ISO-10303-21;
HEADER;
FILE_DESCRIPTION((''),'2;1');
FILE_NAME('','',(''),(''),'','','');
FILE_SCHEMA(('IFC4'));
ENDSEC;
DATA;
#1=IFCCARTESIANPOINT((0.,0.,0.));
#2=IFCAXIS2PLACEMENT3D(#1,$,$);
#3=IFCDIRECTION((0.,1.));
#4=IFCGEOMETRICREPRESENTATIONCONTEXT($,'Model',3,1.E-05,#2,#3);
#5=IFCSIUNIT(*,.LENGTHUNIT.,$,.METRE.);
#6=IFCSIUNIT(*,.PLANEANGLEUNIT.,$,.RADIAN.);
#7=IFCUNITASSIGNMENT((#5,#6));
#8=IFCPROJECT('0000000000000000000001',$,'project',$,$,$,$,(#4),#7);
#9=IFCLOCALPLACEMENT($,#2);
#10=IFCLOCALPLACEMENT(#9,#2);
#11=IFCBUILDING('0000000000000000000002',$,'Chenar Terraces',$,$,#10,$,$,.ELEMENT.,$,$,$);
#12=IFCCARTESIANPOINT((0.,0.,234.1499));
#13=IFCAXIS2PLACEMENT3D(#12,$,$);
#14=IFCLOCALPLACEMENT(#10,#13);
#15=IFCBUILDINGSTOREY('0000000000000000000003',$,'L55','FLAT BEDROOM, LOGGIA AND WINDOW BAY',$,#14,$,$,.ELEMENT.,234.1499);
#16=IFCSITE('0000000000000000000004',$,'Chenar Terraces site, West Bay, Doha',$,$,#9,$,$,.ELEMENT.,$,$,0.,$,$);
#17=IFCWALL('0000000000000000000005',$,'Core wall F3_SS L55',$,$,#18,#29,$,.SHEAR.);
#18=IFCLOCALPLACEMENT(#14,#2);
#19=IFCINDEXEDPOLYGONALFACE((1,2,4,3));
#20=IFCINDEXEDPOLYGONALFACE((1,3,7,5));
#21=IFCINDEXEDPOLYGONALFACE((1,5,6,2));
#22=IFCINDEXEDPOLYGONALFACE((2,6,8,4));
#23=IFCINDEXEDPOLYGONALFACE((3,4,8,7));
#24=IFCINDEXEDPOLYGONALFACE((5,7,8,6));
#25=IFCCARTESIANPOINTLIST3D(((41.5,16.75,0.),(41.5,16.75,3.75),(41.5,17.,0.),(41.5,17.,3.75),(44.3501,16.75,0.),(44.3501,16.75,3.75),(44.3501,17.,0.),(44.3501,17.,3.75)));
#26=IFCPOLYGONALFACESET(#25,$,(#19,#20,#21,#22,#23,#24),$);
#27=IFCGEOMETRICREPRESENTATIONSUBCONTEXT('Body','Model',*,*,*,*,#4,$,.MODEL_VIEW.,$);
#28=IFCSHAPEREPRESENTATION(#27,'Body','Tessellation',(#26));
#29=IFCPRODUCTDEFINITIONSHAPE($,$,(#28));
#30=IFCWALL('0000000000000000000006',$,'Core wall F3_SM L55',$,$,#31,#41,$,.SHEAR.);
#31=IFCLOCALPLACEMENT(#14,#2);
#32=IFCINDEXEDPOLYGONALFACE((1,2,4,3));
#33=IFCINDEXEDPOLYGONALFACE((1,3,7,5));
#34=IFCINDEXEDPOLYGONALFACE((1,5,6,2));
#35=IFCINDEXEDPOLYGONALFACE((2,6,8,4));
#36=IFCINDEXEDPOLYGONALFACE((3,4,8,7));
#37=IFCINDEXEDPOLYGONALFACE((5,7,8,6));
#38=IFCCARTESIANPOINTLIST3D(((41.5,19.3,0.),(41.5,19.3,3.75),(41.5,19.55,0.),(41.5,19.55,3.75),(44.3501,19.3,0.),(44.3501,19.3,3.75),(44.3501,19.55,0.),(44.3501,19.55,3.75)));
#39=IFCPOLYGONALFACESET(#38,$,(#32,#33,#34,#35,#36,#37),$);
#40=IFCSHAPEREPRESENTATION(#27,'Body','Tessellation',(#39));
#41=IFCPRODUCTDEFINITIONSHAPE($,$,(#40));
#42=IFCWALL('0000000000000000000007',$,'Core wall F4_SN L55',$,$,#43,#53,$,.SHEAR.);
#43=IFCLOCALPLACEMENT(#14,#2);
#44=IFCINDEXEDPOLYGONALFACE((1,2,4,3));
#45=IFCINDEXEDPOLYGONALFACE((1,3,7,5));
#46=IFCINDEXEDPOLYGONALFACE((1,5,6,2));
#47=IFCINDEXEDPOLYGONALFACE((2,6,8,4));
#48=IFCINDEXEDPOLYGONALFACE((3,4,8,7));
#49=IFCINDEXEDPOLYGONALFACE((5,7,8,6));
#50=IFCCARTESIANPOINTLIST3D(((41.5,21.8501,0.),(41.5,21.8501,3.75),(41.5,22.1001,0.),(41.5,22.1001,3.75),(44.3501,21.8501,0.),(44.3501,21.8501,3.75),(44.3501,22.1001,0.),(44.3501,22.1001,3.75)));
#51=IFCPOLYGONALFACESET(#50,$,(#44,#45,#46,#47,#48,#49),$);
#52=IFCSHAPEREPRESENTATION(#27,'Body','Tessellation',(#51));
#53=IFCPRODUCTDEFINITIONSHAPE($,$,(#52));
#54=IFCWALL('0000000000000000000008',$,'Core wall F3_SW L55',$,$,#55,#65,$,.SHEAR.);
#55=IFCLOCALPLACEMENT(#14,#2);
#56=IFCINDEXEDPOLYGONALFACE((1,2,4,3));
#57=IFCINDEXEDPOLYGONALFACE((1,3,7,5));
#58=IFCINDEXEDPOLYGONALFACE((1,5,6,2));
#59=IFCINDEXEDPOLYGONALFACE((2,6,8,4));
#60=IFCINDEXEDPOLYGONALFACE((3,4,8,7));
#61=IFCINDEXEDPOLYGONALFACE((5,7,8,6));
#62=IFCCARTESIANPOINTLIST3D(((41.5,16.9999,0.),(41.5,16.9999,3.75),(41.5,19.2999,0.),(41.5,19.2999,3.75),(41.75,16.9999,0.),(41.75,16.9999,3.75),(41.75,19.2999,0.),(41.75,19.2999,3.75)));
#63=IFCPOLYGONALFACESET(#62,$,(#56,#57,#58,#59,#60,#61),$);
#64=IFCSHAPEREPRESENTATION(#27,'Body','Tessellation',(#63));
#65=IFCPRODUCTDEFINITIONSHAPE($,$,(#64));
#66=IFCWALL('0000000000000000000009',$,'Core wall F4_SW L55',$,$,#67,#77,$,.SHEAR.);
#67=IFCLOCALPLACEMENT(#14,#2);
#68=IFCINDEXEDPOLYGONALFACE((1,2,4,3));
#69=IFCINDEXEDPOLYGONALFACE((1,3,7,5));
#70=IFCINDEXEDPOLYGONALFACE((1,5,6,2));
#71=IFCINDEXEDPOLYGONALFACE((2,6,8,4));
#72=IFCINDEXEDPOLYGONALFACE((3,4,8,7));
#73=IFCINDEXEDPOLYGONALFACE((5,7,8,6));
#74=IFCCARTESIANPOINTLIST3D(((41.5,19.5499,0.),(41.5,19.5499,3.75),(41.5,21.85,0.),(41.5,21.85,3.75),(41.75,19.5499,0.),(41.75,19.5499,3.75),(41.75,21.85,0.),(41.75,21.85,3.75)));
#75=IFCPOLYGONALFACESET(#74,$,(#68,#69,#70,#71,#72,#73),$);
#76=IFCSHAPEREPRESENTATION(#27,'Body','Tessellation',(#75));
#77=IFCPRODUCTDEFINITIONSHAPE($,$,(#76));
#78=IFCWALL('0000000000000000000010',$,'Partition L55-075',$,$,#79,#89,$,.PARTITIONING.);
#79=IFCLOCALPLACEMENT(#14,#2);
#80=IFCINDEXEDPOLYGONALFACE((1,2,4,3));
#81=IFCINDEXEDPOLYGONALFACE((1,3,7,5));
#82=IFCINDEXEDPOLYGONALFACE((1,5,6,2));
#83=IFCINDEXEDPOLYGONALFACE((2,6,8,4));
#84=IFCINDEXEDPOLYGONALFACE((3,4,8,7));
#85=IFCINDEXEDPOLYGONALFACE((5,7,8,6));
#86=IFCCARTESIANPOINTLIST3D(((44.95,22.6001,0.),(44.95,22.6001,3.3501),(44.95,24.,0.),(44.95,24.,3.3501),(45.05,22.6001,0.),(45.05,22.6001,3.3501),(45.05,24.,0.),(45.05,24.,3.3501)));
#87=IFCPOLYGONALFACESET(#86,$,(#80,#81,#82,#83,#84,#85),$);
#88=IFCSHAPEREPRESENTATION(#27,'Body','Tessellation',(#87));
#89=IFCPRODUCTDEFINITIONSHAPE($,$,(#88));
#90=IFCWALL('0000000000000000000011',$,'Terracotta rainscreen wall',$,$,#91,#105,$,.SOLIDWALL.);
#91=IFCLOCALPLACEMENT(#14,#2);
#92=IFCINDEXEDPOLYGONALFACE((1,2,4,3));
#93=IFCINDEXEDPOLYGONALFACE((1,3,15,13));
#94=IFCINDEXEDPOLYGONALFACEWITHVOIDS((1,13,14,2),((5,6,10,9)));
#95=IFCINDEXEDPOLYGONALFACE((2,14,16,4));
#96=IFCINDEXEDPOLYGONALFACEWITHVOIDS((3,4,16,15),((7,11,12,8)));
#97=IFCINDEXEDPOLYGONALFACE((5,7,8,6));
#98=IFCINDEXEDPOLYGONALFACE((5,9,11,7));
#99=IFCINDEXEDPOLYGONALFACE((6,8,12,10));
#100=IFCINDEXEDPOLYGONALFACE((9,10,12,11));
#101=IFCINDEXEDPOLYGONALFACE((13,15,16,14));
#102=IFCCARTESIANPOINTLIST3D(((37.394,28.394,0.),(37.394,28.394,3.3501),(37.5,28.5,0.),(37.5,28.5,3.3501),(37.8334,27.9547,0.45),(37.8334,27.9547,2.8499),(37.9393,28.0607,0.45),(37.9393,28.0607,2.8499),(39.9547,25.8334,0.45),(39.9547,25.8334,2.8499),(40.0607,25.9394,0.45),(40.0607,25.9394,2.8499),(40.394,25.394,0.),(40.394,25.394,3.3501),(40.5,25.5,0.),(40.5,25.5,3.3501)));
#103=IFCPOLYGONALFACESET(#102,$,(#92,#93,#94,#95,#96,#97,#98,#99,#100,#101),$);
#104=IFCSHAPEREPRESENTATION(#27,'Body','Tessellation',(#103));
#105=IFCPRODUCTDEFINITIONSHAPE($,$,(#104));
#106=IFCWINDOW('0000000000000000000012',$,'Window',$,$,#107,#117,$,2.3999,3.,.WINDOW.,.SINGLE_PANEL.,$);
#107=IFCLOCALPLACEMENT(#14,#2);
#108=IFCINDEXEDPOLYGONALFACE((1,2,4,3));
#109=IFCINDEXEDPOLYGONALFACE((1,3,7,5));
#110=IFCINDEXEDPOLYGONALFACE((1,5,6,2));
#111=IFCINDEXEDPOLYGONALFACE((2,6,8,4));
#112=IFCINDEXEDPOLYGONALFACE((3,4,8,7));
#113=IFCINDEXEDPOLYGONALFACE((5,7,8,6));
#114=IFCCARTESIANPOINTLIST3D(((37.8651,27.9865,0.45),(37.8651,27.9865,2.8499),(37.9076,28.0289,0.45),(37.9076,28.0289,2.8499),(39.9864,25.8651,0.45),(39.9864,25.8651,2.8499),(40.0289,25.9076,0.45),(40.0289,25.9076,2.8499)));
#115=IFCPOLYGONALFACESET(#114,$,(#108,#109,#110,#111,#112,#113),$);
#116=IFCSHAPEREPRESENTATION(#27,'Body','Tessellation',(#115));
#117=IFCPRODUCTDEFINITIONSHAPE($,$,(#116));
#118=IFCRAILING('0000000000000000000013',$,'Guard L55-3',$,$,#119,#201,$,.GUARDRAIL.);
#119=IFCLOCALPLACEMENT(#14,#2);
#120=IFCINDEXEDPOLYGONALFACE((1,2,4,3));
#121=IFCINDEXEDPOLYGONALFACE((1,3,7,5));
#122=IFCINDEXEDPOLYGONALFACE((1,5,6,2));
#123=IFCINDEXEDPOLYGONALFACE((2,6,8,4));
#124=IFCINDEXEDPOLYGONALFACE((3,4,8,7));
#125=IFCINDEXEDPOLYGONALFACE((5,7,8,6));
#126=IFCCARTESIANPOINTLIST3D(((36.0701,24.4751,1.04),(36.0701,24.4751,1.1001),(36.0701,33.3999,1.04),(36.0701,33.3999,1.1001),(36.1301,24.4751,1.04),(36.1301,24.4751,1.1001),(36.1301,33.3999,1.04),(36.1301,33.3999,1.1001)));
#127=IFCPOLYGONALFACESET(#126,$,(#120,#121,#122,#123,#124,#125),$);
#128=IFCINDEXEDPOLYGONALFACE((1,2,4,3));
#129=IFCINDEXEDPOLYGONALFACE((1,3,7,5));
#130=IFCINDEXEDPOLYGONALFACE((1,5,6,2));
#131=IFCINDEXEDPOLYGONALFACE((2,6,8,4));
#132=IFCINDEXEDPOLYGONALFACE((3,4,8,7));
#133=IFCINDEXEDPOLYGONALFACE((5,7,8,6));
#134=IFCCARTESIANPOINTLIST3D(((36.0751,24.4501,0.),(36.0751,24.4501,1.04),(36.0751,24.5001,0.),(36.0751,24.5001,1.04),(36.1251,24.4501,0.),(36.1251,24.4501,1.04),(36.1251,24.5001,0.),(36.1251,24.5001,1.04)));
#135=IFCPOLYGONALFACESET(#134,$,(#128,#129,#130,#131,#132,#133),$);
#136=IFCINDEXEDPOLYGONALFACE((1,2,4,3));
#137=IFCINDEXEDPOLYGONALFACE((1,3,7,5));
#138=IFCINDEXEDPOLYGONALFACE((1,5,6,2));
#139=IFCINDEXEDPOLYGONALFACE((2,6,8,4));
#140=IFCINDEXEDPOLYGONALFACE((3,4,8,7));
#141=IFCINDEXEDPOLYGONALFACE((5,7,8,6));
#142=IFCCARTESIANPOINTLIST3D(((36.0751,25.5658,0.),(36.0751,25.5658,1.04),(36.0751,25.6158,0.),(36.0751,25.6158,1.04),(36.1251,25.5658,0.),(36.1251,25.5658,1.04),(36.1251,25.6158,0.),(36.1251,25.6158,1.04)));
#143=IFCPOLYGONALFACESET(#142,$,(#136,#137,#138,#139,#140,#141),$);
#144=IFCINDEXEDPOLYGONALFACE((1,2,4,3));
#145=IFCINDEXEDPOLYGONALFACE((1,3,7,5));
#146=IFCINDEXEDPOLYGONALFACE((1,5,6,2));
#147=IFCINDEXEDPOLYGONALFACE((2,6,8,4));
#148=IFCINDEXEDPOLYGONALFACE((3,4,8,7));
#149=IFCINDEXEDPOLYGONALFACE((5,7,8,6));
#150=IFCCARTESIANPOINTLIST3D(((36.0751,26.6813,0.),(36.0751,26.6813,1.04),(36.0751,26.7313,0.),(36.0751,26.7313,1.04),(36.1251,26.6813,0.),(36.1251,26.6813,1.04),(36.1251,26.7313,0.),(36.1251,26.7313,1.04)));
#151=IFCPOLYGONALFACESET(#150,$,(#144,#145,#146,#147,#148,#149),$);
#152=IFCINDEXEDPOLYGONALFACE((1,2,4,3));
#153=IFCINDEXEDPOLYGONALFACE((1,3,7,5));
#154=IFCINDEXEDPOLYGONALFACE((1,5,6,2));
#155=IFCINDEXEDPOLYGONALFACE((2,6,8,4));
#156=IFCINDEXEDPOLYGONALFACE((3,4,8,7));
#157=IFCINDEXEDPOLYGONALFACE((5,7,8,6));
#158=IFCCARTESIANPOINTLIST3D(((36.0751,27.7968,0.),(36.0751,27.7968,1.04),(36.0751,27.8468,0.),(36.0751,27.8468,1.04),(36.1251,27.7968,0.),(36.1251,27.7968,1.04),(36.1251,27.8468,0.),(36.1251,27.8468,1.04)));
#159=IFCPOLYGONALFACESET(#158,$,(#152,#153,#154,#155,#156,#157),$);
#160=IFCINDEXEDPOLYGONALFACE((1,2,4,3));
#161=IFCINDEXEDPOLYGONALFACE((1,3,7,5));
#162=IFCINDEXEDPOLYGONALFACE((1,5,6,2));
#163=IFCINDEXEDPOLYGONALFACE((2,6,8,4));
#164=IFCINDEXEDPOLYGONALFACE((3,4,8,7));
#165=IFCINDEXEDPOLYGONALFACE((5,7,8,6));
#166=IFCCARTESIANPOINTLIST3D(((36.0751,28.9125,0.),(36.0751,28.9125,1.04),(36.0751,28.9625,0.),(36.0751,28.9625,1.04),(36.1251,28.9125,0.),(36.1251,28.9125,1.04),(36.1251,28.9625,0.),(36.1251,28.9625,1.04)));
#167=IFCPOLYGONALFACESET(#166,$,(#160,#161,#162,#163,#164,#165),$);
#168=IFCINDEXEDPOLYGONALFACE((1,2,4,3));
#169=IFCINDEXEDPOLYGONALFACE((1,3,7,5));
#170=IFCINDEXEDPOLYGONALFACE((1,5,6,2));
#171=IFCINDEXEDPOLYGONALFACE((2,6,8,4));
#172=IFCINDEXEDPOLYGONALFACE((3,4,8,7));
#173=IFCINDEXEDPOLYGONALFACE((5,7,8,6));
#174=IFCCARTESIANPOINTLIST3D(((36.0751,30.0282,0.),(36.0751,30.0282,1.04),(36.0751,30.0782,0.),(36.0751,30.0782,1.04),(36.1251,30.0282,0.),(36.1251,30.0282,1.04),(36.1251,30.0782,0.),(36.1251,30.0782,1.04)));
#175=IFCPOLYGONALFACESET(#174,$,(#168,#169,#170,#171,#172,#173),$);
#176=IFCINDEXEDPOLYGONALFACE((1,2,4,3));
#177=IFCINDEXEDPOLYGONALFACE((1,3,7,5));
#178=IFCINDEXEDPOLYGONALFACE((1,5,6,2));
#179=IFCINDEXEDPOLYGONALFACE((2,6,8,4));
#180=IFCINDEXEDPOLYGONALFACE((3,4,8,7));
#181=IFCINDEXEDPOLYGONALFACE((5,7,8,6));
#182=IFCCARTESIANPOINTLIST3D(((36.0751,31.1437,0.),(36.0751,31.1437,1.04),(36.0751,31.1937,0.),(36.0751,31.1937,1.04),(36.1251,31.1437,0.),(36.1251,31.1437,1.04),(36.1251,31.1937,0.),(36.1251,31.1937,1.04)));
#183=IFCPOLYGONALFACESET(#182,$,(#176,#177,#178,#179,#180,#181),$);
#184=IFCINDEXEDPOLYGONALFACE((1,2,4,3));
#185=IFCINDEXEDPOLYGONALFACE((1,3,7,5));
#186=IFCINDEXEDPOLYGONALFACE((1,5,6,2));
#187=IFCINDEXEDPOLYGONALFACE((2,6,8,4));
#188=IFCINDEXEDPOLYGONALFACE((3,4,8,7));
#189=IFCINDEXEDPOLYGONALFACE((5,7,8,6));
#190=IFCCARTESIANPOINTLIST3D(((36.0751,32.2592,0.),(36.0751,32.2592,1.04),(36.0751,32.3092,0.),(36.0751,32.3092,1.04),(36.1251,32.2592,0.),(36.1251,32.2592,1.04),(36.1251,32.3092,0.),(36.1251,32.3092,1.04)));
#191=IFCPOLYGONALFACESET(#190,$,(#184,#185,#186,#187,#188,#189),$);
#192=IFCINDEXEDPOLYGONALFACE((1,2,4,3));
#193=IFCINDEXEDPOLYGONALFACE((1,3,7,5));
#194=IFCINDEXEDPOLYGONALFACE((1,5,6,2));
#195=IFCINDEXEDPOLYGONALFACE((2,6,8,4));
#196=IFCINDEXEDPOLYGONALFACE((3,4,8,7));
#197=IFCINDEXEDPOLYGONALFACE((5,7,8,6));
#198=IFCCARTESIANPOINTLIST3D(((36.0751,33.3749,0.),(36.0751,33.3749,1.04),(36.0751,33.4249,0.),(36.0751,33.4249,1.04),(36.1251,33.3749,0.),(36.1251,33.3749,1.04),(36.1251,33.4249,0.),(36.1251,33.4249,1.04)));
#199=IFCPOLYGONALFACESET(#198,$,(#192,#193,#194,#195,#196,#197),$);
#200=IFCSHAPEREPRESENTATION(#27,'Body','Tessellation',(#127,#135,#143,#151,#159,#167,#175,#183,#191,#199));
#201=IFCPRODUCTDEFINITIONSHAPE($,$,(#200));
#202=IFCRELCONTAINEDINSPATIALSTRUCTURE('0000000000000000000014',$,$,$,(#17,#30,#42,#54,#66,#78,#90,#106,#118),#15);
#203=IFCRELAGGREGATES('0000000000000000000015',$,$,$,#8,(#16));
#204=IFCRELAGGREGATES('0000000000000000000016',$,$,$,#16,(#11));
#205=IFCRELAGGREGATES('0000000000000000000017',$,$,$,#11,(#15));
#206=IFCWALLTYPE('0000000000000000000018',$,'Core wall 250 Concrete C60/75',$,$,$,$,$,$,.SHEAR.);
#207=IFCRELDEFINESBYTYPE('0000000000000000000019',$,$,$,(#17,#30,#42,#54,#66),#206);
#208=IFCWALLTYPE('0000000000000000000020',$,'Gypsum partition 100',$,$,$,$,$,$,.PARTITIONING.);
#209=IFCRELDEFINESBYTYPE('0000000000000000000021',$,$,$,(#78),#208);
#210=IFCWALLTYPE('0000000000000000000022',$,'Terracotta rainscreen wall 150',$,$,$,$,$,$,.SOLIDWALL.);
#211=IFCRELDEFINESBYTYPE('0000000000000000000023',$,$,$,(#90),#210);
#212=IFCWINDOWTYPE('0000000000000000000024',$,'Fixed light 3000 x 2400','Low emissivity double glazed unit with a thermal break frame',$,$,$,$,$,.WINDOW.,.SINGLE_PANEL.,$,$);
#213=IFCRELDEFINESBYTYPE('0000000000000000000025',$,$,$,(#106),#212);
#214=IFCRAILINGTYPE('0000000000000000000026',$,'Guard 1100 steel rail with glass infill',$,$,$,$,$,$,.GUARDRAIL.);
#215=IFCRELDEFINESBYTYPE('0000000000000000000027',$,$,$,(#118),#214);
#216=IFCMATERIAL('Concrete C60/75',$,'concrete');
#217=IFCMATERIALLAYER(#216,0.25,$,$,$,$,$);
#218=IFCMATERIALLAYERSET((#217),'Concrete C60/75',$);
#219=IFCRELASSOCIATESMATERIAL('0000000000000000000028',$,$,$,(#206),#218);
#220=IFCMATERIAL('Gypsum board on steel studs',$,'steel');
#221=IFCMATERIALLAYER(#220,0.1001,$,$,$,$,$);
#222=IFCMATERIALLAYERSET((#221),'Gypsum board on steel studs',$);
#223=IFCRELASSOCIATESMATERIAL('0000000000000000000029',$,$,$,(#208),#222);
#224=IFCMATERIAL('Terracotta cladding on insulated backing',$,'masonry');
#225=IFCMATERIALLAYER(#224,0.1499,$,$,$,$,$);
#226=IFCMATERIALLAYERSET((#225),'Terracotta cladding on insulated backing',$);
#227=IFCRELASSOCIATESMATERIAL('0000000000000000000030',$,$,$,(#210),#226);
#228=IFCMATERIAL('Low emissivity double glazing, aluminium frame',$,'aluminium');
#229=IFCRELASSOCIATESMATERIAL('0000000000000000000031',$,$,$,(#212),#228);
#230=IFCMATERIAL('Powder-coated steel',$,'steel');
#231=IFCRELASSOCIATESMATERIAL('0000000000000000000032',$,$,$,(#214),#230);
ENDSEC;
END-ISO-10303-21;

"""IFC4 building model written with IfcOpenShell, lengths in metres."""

from ifc_helpers import new_model, si_unit, direction, frame, frame_2d, origin, origin_2d, place, context, subcontext, project, spatial, rectangle, extrude, material, layer, layer_set, type_object, element, fill, save


model = new_model("IFC4")

# Units and contexts
model_context = context("Model", 3, precision=1e-05, world=origin(), true_north=direction((0.0, 1.0)))
body_context = subcontext(model_context, "Body", "Model", "MODEL_VIEW")
ifc_project = project(units=[si_unit("LENGTHUNIT", "METRE"), si_unit("PLANEANGLEUNIT", "RADIAN")], contexts=[model_context])

# Site, building, storey
site_placement = place(None, origin())
site = spatial("IfcSite", under=ifc_project, at=site_placement, Name="Chenar Terraces site, West Bay, Doha", CompositionType="ELEMENT", RefElevation=0.0)
building_placement = place(site_placement, origin())
building = spatial("IfcBuilding", under=site, at=building_placement, Name="Chenar Terraces", CompositionType="ELEMENT")
storey_placement = place(building_placement, frame((0.0, 0.0, 234.1499)))
storey = spatial("IfcBuildingStorey", under=building, at=storey_placement, Name="L55", Description="FLAT BEDROOM, LOGGIA AND WINDOW BAY", CompositionType="ELEMENT", Elevation=234.1499)

# Shared definitions
ifc_material_1 = material(Name="Concrete C60/75", Category="concrete")
ifc_layer_1 = layer(ifc_material_1, 0.25)
ifc_layer_set_1 = layer_set([ifc_layer_1], Name="Concrete C60/75")
wall_type_1 = type_object("IfcWallType", Name="Core wall 250 Concrete C60/75", PredefinedType="SHEAR", material=ifc_layer_set_1)

# Walls
for number, where, z_axis, x_axis, name in (
    (1, (41.5, 16.875, 0.0), (0.0, 0.0, 1.0), (1.0, 0.0, 0.0), "Core wall F3_SS L55"),
    (2, (41.5, 19.425, 0.0), (0.0, 0.0, 1.0), (1.0, 0.0, 0.0), "Core wall F3_SM L55"),
    (3, (41.5, 21.9751, 0.0), (0.0, 0.0, 1.0), (1.0, 0.0, 0.0), "Core wall F4_SN L55"),
):
    element("IfcWall", number, at=place(storey_placement, frame(where, z_axis=z_axis, x_axis=x_axis)), inside=storey, type_object=wall_type_1, Name=name, PredefinedType="SHEAR", context=body_context, shape_type="SweptSolid", body=[
        extrude(rectangle(XDim=2.8501, YDim=0.25, at=frame_2d((1.425, 0.0))), origin(), (0.0, 0.0, 1.0), 3.75),
    ])
for number, where, z_axis, x_axis, name in (
    (4, (41.625, 17.0, 0.0), (0.0, 0.0, 1.0), (0.0, 1.0, 0.0), "Core wall F3_SW L55"),
    (5, (41.625, 19.55, 0.0), (0.0, 0.0, 1.0), (0.0, 1.0, 0.0), "Core wall F4_SW L55"),
):
    element("IfcWall", number, at=place(storey_placement, frame(where, z_axis=z_axis, x_axis=x_axis)), inside=storey, type_object=wall_type_1, Name=name, PredefinedType="SHEAR", context=body_context, shape_type="SweptSolid", body=[
        extrude(rectangle(XDim=2.3, YDim=0.25, at=frame_2d((1.1499, 0.0))), origin(), (0.0, 0.0, 1.0), 3.75),
    ])
ifc_material_2 = material(Name="Gypsum board on steel studs", Category="steel")
ifc_layer_2 = layer(ifc_material_2, 0.1001)
ifc_layer_set_2 = layer_set([ifc_layer_2], Name="Gypsum board on steel studs")
wall_type_2 = type_object("IfcWallType", Name="Gypsum partition 100", PredefinedType="PARTITIONING", material=ifc_layer_set_2)
wall_1_placement = place(storey_placement, frame((45.0, 22.6001, 0.0), z_axis=(0.0, 0.0, 1.0), x_axis=(0.0, 1.0, 0.0)))
element("IfcWall", 6, at=wall_1_placement, inside=storey, type_object=wall_type_2, Name="Partition L55-075", PredefinedType="PARTITIONING", context=body_context, shape_type="SweptSolid", body=[
    extrude(rectangle(XDim=1.3999, YDim=0.1001, at=frame_2d((0.7, 0.0))), origin(), (0.0, 0.0, 1.0), 3.3501),
])

# Wall, opening, window
ifc_material_3 = material(Name="Terracotta cladding on insulated backing", Category="masonry")
ifc_layer_3 = layer(ifc_material_3, 0.1499)
ifc_layer_set_3 = layer_set([ifc_layer_3], Name="Terracotta cladding on insulated backing")
wall_type_3 = type_object("IfcWallType", Name="Terracotta rainscreen wall 150", PredefinedType="SOLIDWALL", material=ifc_layer_set_3)
wall_2_placement = place(storey_placement, frame((40.447, 25.447, 0.0), z_axis=(0.0, 0.0, 1.0), x_axis=(-0.707107, 0.707107, 0.0)))
wall_2 = element("IfcWall", 7, at=wall_2_placement, inside=storey, type_object=wall_type_3, Name="Terracotta rainscreen wall", PredefinedType="SOLIDWALL", context=body_context, shape_type="SweptSolid", body=[
    extrude(rectangle(XDim=4.2427, YDim=0.1499, at=frame_2d((2.1213, 0.0))), origin(), (0.0, 0.0, 1.0), 3.3501),
])
opening_1_placement = place(wall_2_placement, frame((0.6213, 0.0, 0.45)))
opening_1 = element("IfcOpeningElement", 8, at=opening_1_placement, cuts=wall_2, PredefinedType="OPENING", context=body_context, shape_type="SweptSolid", body=[
    extrude(rectangle(XDim=3.0, YDim=2.3999, at=frame_2d((1.5, 1.2))), frame((0.0, 0.085, 0.0), z_axis=(0.0, -1.0, 0.0), x_axis=(1.0, 0.0, 0.0)), (0.0, 0.0, 1.0), 0.1699),
])
ifc_material_4 = material(Name="Low emissivity double glazing, aluminium frame", Category="aluminium")
window_type = type_object("IfcWindowType", Name="Fixed light 3000 x 2400", Description="Low emissivity double glazed unit with a thermal break frame", PartitioningType="SINGLE_PANEL", PredefinedType="WINDOW", material=ifc_material_4)
window_placement = place(opening_1_placement, origin())
window = element("IfcWindow", 9, at=window_placement, inside=storey, type_object=window_type, Name="Window", OverallHeight=2.3999, OverallWidth=3.0, PartitioningType="SINGLE_PANEL", PredefinedType="WINDOW", context=body_context, shape_type="SweptSolid", body=[
    extrude(rectangle(XDim=3.0, YDim=2.3999, at=frame_2d((1.5, 1.2))), frame((0.0, 0.03, 0.0), z_axis=(0.0, -1.0, 0.0), x_axis=(1.0, 0.0, 0.0)), (0.0, 0.0, 1.0), 0.0601),
])
fill(opening_1, window)

# Railing
ifc_material_5 = material(Name="Powder-coated steel", Category="steel")
railing_type = type_object("IfcRailingType", Name="Guard 1100 steel rail with glass infill", PredefinedType="GUARDRAIL", material=ifc_material_5)
railing_placement = place(storey_placement, frame((36.1001, 24.4751, 0.0)))
element("IfcRailing", 10, at=railing_placement, inside=storey, type_object=railing_type, Name="Guard L55-3", PredefinedType="GUARDRAIL", context=body_context, shape_type="SweptSolid", body=[
    extrude(rectangle(XDim=0.0601, YDim=0.0601, at=origin_2d()), frame((0.0, 0.0, 1.0701), z_axis=(0.0, 1.0, 0.0), x_axis=(-1.0, 0.0, 0.0)), (0.0, 0.0, 1.0), 8.9248),
    extrude(rectangle(XDim=0.05, YDim=0.05, at=origin_2d()), origin(), (0.0, 0.0, 1.0), 1.04),
    extrude(rectangle(XDim=0.05, YDim=0.05, at=origin_2d()), frame((0.0, 1.1157, 0.0)), (0.0, 0.0, 1.0), 1.04),
    extrude(rectangle(XDim=0.05, YDim=0.05, at=origin_2d()), frame((0.0, 2.2312, 0.0)), (0.0, 0.0, 1.0), 1.04),
    extrude(rectangle(XDim=0.05, YDim=0.05, at=origin_2d()), frame((0.0, 3.3467, 0.0)), (0.0, 0.0, 1.0), 1.04),
    extrude(rectangle(XDim=0.05, YDim=0.05, at=origin_2d()), frame((0.0, 4.4624, 0.0)), (0.0, 0.0, 1.0), 1.04),
    extrude(rectangle(XDim=0.05, YDim=0.05, at=origin_2d()), frame((0.0, 5.5781, 0.0)), (0.0, 0.0, 1.0), 1.04),
    extrude(rectangle(XDim=0.05, YDim=0.05, at=origin_2d()), frame((0.0, 6.6936, 0.0)), (0.0, 0.0, 1.0), 1.04),
    extrude(rectangle(XDim=0.05, YDim=0.05, at=origin_2d()), frame((0.0, 7.8091, 0.0)), (0.0, 0.0, 1.0), 1.04),
    extrude(rectangle(XDim=0.05, YDim=0.05, at=origin_2d()), frame((0.0, 8.9248, 0.0)), (0.0, 0.0, 1.0), 1.04),
])

save(model, "model.ifc")
